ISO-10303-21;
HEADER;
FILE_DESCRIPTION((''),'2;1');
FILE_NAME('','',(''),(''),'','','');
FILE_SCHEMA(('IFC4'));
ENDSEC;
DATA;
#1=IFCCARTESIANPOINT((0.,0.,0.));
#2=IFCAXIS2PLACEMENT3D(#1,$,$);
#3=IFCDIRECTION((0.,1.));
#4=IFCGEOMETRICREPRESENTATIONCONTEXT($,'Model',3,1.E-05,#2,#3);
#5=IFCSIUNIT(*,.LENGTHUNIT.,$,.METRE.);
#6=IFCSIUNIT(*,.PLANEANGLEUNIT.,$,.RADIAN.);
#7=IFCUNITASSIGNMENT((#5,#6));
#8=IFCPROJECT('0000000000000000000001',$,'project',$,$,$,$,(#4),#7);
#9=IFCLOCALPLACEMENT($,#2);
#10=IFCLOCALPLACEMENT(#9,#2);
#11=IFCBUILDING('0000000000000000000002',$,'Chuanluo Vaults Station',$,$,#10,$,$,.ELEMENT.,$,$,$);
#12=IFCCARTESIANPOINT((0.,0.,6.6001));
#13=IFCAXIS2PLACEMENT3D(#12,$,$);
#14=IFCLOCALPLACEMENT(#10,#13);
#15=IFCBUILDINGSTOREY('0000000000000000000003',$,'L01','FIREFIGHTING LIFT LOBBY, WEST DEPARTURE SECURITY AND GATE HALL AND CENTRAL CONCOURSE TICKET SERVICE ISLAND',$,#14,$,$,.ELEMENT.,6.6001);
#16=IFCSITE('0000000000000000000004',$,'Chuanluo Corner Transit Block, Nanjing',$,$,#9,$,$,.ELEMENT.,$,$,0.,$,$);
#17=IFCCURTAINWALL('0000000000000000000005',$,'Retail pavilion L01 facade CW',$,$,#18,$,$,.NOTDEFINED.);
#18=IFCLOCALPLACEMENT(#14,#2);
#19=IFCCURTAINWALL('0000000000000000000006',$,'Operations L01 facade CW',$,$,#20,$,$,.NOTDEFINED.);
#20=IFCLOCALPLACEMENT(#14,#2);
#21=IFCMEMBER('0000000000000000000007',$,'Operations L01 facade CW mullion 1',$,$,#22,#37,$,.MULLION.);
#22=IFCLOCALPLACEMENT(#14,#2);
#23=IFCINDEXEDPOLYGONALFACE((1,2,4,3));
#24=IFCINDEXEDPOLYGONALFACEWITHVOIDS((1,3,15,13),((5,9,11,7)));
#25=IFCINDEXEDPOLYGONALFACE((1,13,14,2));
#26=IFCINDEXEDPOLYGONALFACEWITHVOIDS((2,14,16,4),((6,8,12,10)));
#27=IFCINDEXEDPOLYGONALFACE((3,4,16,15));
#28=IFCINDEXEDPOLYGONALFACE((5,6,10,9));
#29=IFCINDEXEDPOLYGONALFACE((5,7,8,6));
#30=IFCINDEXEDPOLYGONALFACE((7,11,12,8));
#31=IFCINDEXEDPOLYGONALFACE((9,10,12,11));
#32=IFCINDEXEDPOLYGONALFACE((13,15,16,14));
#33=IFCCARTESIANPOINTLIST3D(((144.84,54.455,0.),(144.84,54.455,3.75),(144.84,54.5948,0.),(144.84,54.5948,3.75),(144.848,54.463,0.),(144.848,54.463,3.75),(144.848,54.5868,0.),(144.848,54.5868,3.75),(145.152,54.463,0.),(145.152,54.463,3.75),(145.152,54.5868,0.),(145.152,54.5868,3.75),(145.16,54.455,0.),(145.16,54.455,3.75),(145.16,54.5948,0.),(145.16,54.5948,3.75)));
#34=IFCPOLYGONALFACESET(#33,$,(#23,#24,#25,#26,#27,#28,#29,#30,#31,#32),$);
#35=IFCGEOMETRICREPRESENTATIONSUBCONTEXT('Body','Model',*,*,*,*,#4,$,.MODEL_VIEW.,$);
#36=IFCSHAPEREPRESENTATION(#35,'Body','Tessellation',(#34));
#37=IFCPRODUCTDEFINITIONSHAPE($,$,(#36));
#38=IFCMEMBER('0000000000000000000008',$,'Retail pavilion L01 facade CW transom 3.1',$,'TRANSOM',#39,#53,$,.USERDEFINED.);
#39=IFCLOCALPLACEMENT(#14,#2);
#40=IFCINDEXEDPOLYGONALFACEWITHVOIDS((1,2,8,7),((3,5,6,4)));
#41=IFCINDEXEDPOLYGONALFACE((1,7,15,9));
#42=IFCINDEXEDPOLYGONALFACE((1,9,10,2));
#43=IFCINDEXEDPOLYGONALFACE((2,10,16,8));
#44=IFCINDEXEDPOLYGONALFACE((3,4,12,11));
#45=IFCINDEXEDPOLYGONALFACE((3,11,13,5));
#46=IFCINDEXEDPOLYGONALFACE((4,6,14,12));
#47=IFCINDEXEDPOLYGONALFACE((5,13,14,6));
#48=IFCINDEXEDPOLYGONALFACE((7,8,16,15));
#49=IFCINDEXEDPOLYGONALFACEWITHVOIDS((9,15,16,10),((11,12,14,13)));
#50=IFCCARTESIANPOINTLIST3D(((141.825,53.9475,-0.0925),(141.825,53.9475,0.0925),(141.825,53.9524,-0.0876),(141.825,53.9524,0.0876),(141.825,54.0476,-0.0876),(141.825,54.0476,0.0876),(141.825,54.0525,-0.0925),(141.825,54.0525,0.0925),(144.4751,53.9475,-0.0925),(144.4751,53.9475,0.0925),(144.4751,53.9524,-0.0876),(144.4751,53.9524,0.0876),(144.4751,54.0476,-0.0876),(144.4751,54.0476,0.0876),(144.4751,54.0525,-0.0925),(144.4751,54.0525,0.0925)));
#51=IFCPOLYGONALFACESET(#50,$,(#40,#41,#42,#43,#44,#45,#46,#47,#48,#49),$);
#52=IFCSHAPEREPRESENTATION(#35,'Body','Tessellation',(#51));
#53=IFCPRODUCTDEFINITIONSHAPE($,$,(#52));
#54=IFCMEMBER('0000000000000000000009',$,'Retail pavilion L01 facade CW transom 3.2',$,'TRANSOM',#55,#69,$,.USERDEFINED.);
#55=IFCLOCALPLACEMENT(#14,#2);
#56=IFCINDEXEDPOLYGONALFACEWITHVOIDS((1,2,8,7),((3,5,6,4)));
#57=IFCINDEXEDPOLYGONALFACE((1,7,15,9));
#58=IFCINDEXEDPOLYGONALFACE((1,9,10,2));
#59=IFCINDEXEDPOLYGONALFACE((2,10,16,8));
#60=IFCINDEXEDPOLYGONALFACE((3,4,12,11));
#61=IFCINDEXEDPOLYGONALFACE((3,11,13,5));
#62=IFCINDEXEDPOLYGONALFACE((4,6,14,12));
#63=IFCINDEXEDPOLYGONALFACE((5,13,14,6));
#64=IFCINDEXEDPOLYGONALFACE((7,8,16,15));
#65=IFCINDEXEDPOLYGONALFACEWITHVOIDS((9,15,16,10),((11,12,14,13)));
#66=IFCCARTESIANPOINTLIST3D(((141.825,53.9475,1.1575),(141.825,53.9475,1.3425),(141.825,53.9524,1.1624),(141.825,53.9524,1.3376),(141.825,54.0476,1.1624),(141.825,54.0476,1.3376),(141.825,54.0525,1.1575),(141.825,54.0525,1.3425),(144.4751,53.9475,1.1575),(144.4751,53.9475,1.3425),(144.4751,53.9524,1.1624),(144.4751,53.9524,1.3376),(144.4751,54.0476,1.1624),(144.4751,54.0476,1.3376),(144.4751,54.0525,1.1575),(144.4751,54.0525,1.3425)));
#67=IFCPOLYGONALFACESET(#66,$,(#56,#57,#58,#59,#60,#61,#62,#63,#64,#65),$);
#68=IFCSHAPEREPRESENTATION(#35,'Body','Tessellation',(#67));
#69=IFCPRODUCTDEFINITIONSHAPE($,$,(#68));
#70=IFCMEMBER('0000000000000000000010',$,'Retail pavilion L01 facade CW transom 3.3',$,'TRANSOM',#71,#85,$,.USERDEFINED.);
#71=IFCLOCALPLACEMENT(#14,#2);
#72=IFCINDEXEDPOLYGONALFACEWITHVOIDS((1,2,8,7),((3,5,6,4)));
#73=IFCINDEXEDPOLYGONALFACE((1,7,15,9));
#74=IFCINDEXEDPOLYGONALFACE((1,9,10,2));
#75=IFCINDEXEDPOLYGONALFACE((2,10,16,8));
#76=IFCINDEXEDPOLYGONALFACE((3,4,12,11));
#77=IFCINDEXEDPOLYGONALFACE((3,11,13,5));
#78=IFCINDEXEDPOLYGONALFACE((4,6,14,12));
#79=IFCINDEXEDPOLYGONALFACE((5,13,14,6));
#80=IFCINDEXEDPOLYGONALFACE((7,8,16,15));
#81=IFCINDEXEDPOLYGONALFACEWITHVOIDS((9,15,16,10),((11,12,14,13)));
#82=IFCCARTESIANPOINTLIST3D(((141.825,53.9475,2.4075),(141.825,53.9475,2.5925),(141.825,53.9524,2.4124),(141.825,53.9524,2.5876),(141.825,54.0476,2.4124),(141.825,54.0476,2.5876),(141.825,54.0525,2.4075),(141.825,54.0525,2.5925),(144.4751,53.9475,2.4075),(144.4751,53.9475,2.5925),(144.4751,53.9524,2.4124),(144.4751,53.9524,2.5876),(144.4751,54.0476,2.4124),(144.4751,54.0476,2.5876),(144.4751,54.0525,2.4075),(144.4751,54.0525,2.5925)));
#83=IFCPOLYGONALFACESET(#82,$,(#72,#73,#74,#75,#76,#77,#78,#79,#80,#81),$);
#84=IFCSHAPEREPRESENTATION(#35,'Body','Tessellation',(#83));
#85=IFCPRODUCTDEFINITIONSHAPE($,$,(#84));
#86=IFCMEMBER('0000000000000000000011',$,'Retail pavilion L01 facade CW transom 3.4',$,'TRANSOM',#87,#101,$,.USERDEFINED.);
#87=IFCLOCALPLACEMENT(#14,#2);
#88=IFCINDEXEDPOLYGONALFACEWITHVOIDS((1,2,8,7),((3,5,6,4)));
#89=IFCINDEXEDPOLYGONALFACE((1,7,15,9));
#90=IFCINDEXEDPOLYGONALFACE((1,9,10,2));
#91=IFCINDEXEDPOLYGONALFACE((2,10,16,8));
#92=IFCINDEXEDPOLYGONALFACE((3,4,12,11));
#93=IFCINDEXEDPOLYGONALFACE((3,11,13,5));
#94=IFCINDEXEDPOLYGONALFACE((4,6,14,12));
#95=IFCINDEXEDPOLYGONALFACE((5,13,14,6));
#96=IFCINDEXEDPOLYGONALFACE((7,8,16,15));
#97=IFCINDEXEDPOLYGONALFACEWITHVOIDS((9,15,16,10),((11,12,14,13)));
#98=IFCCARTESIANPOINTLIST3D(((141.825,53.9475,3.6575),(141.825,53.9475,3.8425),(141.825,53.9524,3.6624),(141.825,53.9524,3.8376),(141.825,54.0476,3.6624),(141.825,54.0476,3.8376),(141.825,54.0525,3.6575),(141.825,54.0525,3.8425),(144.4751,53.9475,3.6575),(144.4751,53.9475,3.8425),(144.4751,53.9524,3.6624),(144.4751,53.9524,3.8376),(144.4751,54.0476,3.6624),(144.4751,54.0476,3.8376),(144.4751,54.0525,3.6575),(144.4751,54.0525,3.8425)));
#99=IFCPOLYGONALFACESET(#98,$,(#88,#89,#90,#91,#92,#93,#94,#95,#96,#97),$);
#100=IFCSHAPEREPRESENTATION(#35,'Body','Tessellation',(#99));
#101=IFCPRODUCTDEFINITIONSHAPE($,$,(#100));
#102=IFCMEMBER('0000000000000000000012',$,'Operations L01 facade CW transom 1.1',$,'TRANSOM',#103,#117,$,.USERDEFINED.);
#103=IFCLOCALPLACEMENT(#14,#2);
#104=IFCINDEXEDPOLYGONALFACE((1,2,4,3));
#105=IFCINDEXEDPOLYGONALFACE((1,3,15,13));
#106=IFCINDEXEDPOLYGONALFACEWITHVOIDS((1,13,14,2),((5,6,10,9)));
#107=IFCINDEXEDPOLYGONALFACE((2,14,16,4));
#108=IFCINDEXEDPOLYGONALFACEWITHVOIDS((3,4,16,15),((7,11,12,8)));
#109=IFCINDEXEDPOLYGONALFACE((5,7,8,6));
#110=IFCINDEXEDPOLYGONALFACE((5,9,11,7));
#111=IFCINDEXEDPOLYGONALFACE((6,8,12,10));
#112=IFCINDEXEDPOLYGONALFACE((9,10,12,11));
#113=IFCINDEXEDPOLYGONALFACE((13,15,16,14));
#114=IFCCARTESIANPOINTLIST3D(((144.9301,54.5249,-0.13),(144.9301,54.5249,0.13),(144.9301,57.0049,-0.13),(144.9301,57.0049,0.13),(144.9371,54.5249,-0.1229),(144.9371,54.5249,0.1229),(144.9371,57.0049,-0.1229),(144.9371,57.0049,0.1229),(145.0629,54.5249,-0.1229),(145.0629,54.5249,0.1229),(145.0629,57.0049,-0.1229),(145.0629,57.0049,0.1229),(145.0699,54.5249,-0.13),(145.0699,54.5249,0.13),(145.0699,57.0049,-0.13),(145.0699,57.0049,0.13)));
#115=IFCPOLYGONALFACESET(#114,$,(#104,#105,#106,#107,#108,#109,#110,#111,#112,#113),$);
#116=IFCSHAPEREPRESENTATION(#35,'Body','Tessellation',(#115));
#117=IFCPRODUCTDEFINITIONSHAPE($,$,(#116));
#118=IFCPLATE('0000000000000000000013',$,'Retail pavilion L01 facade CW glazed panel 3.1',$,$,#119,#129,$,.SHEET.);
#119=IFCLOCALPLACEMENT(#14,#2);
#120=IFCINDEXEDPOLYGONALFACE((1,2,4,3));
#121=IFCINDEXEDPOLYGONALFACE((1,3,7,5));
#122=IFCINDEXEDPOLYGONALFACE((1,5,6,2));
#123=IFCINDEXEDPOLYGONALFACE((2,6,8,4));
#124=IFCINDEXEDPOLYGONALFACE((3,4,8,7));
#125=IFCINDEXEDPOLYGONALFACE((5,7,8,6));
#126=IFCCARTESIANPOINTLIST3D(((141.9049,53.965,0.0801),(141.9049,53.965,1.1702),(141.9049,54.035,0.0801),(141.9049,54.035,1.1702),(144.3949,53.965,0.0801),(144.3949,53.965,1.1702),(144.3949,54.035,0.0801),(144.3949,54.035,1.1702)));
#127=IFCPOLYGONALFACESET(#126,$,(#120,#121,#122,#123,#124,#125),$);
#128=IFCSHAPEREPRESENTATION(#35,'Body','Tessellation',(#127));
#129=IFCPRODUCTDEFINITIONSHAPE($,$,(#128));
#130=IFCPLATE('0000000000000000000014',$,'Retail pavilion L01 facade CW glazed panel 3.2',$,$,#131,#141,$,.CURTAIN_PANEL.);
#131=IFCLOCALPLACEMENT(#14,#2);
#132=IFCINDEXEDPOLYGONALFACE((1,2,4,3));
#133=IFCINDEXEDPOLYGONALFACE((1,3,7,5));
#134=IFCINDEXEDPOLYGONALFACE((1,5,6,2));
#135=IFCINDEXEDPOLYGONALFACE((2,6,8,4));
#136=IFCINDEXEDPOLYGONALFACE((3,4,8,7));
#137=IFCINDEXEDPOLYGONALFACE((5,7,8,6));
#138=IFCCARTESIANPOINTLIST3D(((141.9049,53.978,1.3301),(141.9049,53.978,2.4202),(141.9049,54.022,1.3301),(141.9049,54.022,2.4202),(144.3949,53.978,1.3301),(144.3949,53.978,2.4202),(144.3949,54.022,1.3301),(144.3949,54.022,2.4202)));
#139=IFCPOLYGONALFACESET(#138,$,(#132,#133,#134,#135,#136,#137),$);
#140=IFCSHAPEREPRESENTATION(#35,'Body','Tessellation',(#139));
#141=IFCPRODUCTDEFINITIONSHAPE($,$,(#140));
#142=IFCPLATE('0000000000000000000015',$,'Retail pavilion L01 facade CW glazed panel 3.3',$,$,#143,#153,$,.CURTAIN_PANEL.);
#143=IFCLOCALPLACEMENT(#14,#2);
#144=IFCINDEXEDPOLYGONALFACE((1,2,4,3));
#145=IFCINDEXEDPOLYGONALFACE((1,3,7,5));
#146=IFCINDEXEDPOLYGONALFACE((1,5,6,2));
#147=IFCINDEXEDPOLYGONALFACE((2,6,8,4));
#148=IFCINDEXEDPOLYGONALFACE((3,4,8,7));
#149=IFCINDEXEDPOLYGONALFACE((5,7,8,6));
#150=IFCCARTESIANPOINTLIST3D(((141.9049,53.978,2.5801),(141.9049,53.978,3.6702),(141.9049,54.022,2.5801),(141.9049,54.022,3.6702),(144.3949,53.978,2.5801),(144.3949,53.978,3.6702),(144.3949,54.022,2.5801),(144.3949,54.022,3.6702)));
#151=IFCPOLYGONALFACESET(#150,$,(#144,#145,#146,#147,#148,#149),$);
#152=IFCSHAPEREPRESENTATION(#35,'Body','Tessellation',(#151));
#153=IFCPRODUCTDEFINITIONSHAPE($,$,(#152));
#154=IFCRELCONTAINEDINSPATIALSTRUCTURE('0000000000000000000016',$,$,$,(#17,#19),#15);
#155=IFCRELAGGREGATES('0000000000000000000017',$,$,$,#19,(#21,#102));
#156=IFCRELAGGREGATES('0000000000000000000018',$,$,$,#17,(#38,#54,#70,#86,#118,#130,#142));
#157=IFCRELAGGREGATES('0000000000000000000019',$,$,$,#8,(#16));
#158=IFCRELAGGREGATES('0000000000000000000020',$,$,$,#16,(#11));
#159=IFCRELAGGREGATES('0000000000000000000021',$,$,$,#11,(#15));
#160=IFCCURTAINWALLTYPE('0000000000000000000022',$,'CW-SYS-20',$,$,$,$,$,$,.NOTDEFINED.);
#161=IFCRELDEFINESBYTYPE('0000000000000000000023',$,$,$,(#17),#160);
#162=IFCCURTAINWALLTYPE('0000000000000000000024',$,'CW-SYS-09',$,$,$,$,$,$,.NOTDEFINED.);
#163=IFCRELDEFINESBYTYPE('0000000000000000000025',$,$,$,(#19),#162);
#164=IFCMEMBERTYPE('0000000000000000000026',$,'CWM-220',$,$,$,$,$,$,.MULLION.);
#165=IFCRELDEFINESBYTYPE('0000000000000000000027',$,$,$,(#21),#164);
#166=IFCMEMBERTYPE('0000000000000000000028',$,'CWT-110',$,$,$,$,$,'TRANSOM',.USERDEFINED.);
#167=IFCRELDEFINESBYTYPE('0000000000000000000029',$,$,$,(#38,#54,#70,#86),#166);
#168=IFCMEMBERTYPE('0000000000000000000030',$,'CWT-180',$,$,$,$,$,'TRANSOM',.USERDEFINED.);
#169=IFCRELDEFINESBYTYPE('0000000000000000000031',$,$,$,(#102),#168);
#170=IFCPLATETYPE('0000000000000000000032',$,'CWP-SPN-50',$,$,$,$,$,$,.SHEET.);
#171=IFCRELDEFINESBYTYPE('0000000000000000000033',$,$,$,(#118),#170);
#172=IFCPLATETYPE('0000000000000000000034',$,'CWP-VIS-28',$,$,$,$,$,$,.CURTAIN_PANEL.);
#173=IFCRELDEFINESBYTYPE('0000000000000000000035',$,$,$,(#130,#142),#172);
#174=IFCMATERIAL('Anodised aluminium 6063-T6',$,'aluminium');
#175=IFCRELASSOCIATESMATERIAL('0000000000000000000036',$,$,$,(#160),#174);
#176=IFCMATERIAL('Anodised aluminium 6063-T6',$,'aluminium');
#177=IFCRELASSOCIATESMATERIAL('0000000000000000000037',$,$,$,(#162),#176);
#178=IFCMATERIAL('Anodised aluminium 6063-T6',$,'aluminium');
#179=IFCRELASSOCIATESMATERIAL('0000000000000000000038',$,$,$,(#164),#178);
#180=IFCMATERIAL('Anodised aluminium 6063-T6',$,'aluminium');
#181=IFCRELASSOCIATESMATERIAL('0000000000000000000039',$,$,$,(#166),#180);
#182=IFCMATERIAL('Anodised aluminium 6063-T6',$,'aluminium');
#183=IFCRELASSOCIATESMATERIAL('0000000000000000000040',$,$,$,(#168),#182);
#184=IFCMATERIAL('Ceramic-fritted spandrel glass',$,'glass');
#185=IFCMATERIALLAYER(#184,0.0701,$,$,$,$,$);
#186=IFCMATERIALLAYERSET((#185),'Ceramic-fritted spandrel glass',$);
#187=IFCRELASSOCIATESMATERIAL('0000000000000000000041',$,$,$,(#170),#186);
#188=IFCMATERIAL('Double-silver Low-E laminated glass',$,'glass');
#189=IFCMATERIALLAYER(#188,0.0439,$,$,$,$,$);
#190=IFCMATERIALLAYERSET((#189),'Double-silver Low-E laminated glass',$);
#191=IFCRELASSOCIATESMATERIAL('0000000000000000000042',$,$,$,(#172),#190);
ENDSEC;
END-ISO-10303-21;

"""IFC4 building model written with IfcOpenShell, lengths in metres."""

from ifc_helpers import new_model, si_unit, direction, frame, origin, origin_2d, place, context, subcontext, project, spatial, rectangle, hollow_rectangle, extrude, material, layer, layer_set, material_profile, profile_set, type_object, element, aggregate, save


model = new_model("IFC4")

# Units and contexts
model_context = context("Model", 3, precision=1e-05, world=origin(), true_north=direction((0.0, 1.0)))
body_context = subcontext(model_context, "Body", "Model", "MODEL_VIEW")
ifc_project = project(units=[si_unit("LENGTHUNIT", "METRE"), si_unit("PLANEANGLEUNIT", "RADIAN")], contexts=[model_context])

# Site, building, storey
site_placement = place(None, origin())
site = spatial("IfcSite", under=ifc_project, at=site_placement, Name="Chuanluo Corner Transit Block, Nanjing", CompositionType="ELEMENT", RefElevation=0.0)
building_placement = place(site_placement, origin())
building = spatial("IfcBuilding", under=site, at=building_placement, Name="Chuanluo Vaults Station", CompositionType="ELEMENT")
storey_placement = place(building_placement, frame((0.0, 0.0, 6.6001)))
storey = spatial("IfcBuildingStorey", under=building, at=storey_placement, Name="L01", Description="FIREFIGHTING LIFT LOBBY, WEST DEPARTURE SECURITY AND GATE HALL AND CENTRAL CONCOURSE TICKET SERVICE ISLAND", CompositionType="ELEMENT", Elevation=6.6001)

# Curtain wall
ifc_material_1 = material(Name="Anodised aluminium 6063-T6", Category="aluminium")
curtain_wall_type_1 = type_object("IfcCurtainWallType", Name="CW-SYS-20", PredefinedType="NOTDEFINED", material=ifc_material_1)
curtain_wall_1_placement = place(storey_placement, origin())
curtain_wall_1 = element("IfcCurtainWall", 1, at=curtain_wall_1_placement, inside=storey, type_object=curtain_wall_type_1, Name="Retail pavilion L01 facade CW", PredefinedType="NOTDEFINED")

# Curtain wall, member
ifc_material_2 = material(Name="Anodised aluminium 6063-T6", Category="aluminium")
curtain_wall_type_2 = type_object("IfcCurtainWallType", Name="CW-SYS-09", PredefinedType="NOTDEFINED", material=ifc_material_2)
curtain_wall_2_placement = place(storey_placement, origin())
curtain_wall_2 = element("IfcCurtainWall", 2, at=curtain_wall_2_placement, inside=storey, type_object=curtain_wall_type_2, Name="Operations L01 facade CW", PredefinedType="NOTDEFINED")
ifc_material_3 = material(Name="Anodised aluminium 6063-T6", Category="aluminium")
ifc_material_profile_1 = material_profile(ifc_material_3, hollow_rectangle(XDim=0.1399, YDim=0.3201, WallThickness=0.0081, at=origin_2d()))
ifc_profile_set_1 = profile_set([ifc_material_profile_1], Name="Anodised aluminium 6063-T6")
member_type_1 = type_object("IfcMemberType", Name="CWM-220", PredefinedType="MULLION", material=ifc_profile_set_1)
member_1_placement = place(storey_placement, frame((145.0, 54.5249, 0.0), z_axis=(0.0, 0.0, 1.0), x_axis=(0.0, 1.0, 0.0)))
member_1 = element("IfcMember", 3, at=member_1_placement, type_object=member_type_1, Name="Operations L01 facade CW mullion 1", PredefinedType="MULLION", context=body_context, shape_type="SweptSolid", body=[
    extrude(hollow_rectangle(XDim=0.1399, YDim=0.3201, WallThickness=0.0081, at=origin_2d()), origin(), (0.0, 0.0, 1.0), 3.75),
])

# Members
ifc_material_4 = material(Name="Anodised aluminium 6063-T6", Category="aluminium")
ifc_material_profile_2 = material_profile(ifc_material_4, hollow_rectangle(XDim=0.105, YDim=0.1851, WallThickness=0.0049, at=origin_2d()))
ifc_profile_set_2 = profile_set([ifc_material_profile_2], Name="Anodised aluminium 6063-T6")
member_type_2 = type_object("IfcMemberType", Name="CWT-110", ElementType="TRANSOM", PredefinedType="USERDEFINED", material=ifc_profile_set_2)
member_2_placement = place(storey_placement, frame((141.825, 54.0, 0.0), z_axis=(1.0, 0.0, 0.0), x_axis=(0.0, 1.0, 0.0)))
member_2 = element("IfcMember", 4, at=member_2_placement, type_object=member_type_2, Name="Retail pavilion L01 facade CW transom 3.1", ObjectType="TRANSOM", PredefinedType="USERDEFINED", context=body_context, shape_type="SweptSolid", body=[
    extrude(hollow_rectangle(XDim=0.105, YDim=0.1851, WallThickness=0.0049, at=origin_2d()), origin(), (0.0, 0.0, 1.0), 2.6501),
])
member_3_placement = place(storey_placement, frame((141.825, 54.0, 1.25), z_axis=(1.0, 0.0, 0.0), x_axis=(0.0, 1.0, 0.0)))
member_3 = element("IfcMember", 5, at=member_3_placement, type_object=member_type_2, Name="Retail pavilion L01 facade CW transom 3.2", ObjectType="TRANSOM", PredefinedType="USERDEFINED", context=body_context, shape_type="SweptSolid", body=[
    extrude(hollow_rectangle(XDim=0.105, YDim=0.1851, WallThickness=0.0049, at=origin_2d()), origin(), (0.0, 0.0, 1.0), 2.6501),
])
member_4_placement = place(storey_placement, frame((141.825, 54.0, 2.5), z_axis=(1.0, 0.0, 0.0), x_axis=(0.0, 1.0, 0.0)))
member_4 = element("IfcMember", 6, at=member_4_placement, type_object=member_type_2, Name="Retail pavilion L01 facade CW transom 3.3", ObjectType="TRANSOM", PredefinedType="USERDEFINED", context=body_context, shape_type="SweptSolid", body=[
    extrude(hollow_rectangle(XDim=0.105, YDim=0.1851, WallThickness=0.0049, at=origin_2d()), origin(), (0.0, 0.0, 1.0), 2.6501),
])
member_5_placement = place(storey_placement, frame((141.825, 54.0, 3.75), z_axis=(1.0, 0.0, 0.0), x_axis=(0.0, 1.0, 0.0)))
member_5 = element("IfcMember", 7, at=member_5_placement, type_object=member_type_2, Name="Retail pavilion L01 facade CW transom 3.4", ObjectType="TRANSOM", PredefinedType="USERDEFINED", context=body_context, shape_type="SweptSolid", body=[
    extrude(hollow_rectangle(XDim=0.105, YDim=0.1851, WallThickness=0.0049, at=origin_2d()), origin(), (0.0, 0.0, 1.0), 2.6501),
])
ifc_material_5 = material(Name="Anodised aluminium 6063-T6", Category="aluminium")
ifc_material_profile_3 = material_profile(ifc_material_5, hollow_rectangle(XDim=0.1399, YDim=0.26, WallThickness=0.0071, at=origin_2d()))
ifc_profile_set_3 = profile_set([ifc_material_profile_3], Name="Anodised aluminium 6063-T6")
member_type_3 = type_object("IfcMemberType", Name="CWT-180", ElementType="TRANSOM", PredefinedType="USERDEFINED", material=ifc_profile_set_3)
member_6_placement = place(storey_placement, frame((145.0, 54.5249, 0.0), z_axis=(0.0, 1.0, 0.0), x_axis=(-1.0, 0.0, 0.0)))
member_6 = element("IfcMember", 8, at=member_6_placement, type_object=member_type_3, Name="Operations L01 facade CW transom 1.1", ObjectType="TRANSOM", PredefinedType="USERDEFINED", context=body_context, shape_type="SweptSolid", body=[
    extrude(hollow_rectangle(XDim=0.1399, YDim=0.26, WallThickness=0.0071, at=origin_2d()), origin(), (0.0, 0.0, 1.0), 2.48),
])
aggregate(curtain_wall_2, [member_1, member_6])

# Plates
ifc_material_6 = material(Name="Ceramic-fritted spandrel glass", Category="glass")
ifc_layer_1 = layer(ifc_material_6, 0.0701)
ifc_layer_set_1 = layer_set([ifc_layer_1], Name="Ceramic-fritted spandrel glass")
plate_type_1 = type_object("IfcPlateType", Name="CWP-SPN-50", PredefinedType="SHEET", material=ifc_layer_set_1)
plate_1_placement = place(storey_placement, frame((143.1499, 54.0, 0.0801), z_axis=(0.0, 0.0, 1.0), x_axis=(1.0, 0.0, 0.0)))
plate_1 = element("IfcPlate", 9, at=plate_1_placement, type_object=plate_type_1, Name="Retail pavilion L01 facade CW glazed panel 3.1", PredefinedType="SHEET", context=body_context, shape_type="SweptSolid", body=[
    extrude(rectangle(XDim=2.49, YDim=0.0701, at=origin_2d()), origin(), (0.0, 0.0, 1.0), 1.0901),
])
ifc_material_7 = material(Name="Double-silver Low-E laminated glass", Category="glass")
ifc_layer_2 = layer(ifc_material_7, 0.0439)
ifc_layer_set_2 = layer_set([ifc_layer_2], Name="Double-silver Low-E laminated glass")
plate_type_2 = type_object("IfcPlateType", Name="CWP-VIS-28", PredefinedType="CURTAIN_PANEL", material=ifc_layer_set_2)
plate_2_placement = place(storey_placement, frame((143.1499, 54.0, 1.3301), z_axis=(0.0, 0.0, 1.0), x_axis=(1.0, 0.0, 0.0)))
plate_2 = element("IfcPlate", 10, at=plate_2_placement, type_object=plate_type_2, Name="Retail pavilion L01 facade CW glazed panel 3.2", PredefinedType="CURTAIN_PANEL", context=body_context, shape_type="SweptSolid", body=[
    extrude(rectangle(XDim=2.49, YDim=0.0439, at=origin_2d()), origin(), (0.0, 0.0, 1.0), 1.0901),
])
plate_3_placement = place(storey_placement, frame((143.1499, 54.0, 2.5801), z_axis=(0.0, 0.0, 1.0), x_axis=(1.0, 0.0, 0.0)))
plate_3 = element("IfcPlate", 11, at=plate_3_placement, type_object=plate_type_2, Name="Retail pavilion L01 facade CW glazed panel 3.3", PredefinedType="CURTAIN_PANEL", context=body_context, shape_type="SweptSolid", body=[
    extrude(rectangle(XDim=2.49, YDim=0.0439, at=origin_2d()), origin(), (0.0, 0.0, 1.0), 1.0901),
])
aggregate(curtain_wall_1, [member_2, member_3, member_4, member_5, plate_1, plate_2, plate_3])

save(model, "model.ifc")
